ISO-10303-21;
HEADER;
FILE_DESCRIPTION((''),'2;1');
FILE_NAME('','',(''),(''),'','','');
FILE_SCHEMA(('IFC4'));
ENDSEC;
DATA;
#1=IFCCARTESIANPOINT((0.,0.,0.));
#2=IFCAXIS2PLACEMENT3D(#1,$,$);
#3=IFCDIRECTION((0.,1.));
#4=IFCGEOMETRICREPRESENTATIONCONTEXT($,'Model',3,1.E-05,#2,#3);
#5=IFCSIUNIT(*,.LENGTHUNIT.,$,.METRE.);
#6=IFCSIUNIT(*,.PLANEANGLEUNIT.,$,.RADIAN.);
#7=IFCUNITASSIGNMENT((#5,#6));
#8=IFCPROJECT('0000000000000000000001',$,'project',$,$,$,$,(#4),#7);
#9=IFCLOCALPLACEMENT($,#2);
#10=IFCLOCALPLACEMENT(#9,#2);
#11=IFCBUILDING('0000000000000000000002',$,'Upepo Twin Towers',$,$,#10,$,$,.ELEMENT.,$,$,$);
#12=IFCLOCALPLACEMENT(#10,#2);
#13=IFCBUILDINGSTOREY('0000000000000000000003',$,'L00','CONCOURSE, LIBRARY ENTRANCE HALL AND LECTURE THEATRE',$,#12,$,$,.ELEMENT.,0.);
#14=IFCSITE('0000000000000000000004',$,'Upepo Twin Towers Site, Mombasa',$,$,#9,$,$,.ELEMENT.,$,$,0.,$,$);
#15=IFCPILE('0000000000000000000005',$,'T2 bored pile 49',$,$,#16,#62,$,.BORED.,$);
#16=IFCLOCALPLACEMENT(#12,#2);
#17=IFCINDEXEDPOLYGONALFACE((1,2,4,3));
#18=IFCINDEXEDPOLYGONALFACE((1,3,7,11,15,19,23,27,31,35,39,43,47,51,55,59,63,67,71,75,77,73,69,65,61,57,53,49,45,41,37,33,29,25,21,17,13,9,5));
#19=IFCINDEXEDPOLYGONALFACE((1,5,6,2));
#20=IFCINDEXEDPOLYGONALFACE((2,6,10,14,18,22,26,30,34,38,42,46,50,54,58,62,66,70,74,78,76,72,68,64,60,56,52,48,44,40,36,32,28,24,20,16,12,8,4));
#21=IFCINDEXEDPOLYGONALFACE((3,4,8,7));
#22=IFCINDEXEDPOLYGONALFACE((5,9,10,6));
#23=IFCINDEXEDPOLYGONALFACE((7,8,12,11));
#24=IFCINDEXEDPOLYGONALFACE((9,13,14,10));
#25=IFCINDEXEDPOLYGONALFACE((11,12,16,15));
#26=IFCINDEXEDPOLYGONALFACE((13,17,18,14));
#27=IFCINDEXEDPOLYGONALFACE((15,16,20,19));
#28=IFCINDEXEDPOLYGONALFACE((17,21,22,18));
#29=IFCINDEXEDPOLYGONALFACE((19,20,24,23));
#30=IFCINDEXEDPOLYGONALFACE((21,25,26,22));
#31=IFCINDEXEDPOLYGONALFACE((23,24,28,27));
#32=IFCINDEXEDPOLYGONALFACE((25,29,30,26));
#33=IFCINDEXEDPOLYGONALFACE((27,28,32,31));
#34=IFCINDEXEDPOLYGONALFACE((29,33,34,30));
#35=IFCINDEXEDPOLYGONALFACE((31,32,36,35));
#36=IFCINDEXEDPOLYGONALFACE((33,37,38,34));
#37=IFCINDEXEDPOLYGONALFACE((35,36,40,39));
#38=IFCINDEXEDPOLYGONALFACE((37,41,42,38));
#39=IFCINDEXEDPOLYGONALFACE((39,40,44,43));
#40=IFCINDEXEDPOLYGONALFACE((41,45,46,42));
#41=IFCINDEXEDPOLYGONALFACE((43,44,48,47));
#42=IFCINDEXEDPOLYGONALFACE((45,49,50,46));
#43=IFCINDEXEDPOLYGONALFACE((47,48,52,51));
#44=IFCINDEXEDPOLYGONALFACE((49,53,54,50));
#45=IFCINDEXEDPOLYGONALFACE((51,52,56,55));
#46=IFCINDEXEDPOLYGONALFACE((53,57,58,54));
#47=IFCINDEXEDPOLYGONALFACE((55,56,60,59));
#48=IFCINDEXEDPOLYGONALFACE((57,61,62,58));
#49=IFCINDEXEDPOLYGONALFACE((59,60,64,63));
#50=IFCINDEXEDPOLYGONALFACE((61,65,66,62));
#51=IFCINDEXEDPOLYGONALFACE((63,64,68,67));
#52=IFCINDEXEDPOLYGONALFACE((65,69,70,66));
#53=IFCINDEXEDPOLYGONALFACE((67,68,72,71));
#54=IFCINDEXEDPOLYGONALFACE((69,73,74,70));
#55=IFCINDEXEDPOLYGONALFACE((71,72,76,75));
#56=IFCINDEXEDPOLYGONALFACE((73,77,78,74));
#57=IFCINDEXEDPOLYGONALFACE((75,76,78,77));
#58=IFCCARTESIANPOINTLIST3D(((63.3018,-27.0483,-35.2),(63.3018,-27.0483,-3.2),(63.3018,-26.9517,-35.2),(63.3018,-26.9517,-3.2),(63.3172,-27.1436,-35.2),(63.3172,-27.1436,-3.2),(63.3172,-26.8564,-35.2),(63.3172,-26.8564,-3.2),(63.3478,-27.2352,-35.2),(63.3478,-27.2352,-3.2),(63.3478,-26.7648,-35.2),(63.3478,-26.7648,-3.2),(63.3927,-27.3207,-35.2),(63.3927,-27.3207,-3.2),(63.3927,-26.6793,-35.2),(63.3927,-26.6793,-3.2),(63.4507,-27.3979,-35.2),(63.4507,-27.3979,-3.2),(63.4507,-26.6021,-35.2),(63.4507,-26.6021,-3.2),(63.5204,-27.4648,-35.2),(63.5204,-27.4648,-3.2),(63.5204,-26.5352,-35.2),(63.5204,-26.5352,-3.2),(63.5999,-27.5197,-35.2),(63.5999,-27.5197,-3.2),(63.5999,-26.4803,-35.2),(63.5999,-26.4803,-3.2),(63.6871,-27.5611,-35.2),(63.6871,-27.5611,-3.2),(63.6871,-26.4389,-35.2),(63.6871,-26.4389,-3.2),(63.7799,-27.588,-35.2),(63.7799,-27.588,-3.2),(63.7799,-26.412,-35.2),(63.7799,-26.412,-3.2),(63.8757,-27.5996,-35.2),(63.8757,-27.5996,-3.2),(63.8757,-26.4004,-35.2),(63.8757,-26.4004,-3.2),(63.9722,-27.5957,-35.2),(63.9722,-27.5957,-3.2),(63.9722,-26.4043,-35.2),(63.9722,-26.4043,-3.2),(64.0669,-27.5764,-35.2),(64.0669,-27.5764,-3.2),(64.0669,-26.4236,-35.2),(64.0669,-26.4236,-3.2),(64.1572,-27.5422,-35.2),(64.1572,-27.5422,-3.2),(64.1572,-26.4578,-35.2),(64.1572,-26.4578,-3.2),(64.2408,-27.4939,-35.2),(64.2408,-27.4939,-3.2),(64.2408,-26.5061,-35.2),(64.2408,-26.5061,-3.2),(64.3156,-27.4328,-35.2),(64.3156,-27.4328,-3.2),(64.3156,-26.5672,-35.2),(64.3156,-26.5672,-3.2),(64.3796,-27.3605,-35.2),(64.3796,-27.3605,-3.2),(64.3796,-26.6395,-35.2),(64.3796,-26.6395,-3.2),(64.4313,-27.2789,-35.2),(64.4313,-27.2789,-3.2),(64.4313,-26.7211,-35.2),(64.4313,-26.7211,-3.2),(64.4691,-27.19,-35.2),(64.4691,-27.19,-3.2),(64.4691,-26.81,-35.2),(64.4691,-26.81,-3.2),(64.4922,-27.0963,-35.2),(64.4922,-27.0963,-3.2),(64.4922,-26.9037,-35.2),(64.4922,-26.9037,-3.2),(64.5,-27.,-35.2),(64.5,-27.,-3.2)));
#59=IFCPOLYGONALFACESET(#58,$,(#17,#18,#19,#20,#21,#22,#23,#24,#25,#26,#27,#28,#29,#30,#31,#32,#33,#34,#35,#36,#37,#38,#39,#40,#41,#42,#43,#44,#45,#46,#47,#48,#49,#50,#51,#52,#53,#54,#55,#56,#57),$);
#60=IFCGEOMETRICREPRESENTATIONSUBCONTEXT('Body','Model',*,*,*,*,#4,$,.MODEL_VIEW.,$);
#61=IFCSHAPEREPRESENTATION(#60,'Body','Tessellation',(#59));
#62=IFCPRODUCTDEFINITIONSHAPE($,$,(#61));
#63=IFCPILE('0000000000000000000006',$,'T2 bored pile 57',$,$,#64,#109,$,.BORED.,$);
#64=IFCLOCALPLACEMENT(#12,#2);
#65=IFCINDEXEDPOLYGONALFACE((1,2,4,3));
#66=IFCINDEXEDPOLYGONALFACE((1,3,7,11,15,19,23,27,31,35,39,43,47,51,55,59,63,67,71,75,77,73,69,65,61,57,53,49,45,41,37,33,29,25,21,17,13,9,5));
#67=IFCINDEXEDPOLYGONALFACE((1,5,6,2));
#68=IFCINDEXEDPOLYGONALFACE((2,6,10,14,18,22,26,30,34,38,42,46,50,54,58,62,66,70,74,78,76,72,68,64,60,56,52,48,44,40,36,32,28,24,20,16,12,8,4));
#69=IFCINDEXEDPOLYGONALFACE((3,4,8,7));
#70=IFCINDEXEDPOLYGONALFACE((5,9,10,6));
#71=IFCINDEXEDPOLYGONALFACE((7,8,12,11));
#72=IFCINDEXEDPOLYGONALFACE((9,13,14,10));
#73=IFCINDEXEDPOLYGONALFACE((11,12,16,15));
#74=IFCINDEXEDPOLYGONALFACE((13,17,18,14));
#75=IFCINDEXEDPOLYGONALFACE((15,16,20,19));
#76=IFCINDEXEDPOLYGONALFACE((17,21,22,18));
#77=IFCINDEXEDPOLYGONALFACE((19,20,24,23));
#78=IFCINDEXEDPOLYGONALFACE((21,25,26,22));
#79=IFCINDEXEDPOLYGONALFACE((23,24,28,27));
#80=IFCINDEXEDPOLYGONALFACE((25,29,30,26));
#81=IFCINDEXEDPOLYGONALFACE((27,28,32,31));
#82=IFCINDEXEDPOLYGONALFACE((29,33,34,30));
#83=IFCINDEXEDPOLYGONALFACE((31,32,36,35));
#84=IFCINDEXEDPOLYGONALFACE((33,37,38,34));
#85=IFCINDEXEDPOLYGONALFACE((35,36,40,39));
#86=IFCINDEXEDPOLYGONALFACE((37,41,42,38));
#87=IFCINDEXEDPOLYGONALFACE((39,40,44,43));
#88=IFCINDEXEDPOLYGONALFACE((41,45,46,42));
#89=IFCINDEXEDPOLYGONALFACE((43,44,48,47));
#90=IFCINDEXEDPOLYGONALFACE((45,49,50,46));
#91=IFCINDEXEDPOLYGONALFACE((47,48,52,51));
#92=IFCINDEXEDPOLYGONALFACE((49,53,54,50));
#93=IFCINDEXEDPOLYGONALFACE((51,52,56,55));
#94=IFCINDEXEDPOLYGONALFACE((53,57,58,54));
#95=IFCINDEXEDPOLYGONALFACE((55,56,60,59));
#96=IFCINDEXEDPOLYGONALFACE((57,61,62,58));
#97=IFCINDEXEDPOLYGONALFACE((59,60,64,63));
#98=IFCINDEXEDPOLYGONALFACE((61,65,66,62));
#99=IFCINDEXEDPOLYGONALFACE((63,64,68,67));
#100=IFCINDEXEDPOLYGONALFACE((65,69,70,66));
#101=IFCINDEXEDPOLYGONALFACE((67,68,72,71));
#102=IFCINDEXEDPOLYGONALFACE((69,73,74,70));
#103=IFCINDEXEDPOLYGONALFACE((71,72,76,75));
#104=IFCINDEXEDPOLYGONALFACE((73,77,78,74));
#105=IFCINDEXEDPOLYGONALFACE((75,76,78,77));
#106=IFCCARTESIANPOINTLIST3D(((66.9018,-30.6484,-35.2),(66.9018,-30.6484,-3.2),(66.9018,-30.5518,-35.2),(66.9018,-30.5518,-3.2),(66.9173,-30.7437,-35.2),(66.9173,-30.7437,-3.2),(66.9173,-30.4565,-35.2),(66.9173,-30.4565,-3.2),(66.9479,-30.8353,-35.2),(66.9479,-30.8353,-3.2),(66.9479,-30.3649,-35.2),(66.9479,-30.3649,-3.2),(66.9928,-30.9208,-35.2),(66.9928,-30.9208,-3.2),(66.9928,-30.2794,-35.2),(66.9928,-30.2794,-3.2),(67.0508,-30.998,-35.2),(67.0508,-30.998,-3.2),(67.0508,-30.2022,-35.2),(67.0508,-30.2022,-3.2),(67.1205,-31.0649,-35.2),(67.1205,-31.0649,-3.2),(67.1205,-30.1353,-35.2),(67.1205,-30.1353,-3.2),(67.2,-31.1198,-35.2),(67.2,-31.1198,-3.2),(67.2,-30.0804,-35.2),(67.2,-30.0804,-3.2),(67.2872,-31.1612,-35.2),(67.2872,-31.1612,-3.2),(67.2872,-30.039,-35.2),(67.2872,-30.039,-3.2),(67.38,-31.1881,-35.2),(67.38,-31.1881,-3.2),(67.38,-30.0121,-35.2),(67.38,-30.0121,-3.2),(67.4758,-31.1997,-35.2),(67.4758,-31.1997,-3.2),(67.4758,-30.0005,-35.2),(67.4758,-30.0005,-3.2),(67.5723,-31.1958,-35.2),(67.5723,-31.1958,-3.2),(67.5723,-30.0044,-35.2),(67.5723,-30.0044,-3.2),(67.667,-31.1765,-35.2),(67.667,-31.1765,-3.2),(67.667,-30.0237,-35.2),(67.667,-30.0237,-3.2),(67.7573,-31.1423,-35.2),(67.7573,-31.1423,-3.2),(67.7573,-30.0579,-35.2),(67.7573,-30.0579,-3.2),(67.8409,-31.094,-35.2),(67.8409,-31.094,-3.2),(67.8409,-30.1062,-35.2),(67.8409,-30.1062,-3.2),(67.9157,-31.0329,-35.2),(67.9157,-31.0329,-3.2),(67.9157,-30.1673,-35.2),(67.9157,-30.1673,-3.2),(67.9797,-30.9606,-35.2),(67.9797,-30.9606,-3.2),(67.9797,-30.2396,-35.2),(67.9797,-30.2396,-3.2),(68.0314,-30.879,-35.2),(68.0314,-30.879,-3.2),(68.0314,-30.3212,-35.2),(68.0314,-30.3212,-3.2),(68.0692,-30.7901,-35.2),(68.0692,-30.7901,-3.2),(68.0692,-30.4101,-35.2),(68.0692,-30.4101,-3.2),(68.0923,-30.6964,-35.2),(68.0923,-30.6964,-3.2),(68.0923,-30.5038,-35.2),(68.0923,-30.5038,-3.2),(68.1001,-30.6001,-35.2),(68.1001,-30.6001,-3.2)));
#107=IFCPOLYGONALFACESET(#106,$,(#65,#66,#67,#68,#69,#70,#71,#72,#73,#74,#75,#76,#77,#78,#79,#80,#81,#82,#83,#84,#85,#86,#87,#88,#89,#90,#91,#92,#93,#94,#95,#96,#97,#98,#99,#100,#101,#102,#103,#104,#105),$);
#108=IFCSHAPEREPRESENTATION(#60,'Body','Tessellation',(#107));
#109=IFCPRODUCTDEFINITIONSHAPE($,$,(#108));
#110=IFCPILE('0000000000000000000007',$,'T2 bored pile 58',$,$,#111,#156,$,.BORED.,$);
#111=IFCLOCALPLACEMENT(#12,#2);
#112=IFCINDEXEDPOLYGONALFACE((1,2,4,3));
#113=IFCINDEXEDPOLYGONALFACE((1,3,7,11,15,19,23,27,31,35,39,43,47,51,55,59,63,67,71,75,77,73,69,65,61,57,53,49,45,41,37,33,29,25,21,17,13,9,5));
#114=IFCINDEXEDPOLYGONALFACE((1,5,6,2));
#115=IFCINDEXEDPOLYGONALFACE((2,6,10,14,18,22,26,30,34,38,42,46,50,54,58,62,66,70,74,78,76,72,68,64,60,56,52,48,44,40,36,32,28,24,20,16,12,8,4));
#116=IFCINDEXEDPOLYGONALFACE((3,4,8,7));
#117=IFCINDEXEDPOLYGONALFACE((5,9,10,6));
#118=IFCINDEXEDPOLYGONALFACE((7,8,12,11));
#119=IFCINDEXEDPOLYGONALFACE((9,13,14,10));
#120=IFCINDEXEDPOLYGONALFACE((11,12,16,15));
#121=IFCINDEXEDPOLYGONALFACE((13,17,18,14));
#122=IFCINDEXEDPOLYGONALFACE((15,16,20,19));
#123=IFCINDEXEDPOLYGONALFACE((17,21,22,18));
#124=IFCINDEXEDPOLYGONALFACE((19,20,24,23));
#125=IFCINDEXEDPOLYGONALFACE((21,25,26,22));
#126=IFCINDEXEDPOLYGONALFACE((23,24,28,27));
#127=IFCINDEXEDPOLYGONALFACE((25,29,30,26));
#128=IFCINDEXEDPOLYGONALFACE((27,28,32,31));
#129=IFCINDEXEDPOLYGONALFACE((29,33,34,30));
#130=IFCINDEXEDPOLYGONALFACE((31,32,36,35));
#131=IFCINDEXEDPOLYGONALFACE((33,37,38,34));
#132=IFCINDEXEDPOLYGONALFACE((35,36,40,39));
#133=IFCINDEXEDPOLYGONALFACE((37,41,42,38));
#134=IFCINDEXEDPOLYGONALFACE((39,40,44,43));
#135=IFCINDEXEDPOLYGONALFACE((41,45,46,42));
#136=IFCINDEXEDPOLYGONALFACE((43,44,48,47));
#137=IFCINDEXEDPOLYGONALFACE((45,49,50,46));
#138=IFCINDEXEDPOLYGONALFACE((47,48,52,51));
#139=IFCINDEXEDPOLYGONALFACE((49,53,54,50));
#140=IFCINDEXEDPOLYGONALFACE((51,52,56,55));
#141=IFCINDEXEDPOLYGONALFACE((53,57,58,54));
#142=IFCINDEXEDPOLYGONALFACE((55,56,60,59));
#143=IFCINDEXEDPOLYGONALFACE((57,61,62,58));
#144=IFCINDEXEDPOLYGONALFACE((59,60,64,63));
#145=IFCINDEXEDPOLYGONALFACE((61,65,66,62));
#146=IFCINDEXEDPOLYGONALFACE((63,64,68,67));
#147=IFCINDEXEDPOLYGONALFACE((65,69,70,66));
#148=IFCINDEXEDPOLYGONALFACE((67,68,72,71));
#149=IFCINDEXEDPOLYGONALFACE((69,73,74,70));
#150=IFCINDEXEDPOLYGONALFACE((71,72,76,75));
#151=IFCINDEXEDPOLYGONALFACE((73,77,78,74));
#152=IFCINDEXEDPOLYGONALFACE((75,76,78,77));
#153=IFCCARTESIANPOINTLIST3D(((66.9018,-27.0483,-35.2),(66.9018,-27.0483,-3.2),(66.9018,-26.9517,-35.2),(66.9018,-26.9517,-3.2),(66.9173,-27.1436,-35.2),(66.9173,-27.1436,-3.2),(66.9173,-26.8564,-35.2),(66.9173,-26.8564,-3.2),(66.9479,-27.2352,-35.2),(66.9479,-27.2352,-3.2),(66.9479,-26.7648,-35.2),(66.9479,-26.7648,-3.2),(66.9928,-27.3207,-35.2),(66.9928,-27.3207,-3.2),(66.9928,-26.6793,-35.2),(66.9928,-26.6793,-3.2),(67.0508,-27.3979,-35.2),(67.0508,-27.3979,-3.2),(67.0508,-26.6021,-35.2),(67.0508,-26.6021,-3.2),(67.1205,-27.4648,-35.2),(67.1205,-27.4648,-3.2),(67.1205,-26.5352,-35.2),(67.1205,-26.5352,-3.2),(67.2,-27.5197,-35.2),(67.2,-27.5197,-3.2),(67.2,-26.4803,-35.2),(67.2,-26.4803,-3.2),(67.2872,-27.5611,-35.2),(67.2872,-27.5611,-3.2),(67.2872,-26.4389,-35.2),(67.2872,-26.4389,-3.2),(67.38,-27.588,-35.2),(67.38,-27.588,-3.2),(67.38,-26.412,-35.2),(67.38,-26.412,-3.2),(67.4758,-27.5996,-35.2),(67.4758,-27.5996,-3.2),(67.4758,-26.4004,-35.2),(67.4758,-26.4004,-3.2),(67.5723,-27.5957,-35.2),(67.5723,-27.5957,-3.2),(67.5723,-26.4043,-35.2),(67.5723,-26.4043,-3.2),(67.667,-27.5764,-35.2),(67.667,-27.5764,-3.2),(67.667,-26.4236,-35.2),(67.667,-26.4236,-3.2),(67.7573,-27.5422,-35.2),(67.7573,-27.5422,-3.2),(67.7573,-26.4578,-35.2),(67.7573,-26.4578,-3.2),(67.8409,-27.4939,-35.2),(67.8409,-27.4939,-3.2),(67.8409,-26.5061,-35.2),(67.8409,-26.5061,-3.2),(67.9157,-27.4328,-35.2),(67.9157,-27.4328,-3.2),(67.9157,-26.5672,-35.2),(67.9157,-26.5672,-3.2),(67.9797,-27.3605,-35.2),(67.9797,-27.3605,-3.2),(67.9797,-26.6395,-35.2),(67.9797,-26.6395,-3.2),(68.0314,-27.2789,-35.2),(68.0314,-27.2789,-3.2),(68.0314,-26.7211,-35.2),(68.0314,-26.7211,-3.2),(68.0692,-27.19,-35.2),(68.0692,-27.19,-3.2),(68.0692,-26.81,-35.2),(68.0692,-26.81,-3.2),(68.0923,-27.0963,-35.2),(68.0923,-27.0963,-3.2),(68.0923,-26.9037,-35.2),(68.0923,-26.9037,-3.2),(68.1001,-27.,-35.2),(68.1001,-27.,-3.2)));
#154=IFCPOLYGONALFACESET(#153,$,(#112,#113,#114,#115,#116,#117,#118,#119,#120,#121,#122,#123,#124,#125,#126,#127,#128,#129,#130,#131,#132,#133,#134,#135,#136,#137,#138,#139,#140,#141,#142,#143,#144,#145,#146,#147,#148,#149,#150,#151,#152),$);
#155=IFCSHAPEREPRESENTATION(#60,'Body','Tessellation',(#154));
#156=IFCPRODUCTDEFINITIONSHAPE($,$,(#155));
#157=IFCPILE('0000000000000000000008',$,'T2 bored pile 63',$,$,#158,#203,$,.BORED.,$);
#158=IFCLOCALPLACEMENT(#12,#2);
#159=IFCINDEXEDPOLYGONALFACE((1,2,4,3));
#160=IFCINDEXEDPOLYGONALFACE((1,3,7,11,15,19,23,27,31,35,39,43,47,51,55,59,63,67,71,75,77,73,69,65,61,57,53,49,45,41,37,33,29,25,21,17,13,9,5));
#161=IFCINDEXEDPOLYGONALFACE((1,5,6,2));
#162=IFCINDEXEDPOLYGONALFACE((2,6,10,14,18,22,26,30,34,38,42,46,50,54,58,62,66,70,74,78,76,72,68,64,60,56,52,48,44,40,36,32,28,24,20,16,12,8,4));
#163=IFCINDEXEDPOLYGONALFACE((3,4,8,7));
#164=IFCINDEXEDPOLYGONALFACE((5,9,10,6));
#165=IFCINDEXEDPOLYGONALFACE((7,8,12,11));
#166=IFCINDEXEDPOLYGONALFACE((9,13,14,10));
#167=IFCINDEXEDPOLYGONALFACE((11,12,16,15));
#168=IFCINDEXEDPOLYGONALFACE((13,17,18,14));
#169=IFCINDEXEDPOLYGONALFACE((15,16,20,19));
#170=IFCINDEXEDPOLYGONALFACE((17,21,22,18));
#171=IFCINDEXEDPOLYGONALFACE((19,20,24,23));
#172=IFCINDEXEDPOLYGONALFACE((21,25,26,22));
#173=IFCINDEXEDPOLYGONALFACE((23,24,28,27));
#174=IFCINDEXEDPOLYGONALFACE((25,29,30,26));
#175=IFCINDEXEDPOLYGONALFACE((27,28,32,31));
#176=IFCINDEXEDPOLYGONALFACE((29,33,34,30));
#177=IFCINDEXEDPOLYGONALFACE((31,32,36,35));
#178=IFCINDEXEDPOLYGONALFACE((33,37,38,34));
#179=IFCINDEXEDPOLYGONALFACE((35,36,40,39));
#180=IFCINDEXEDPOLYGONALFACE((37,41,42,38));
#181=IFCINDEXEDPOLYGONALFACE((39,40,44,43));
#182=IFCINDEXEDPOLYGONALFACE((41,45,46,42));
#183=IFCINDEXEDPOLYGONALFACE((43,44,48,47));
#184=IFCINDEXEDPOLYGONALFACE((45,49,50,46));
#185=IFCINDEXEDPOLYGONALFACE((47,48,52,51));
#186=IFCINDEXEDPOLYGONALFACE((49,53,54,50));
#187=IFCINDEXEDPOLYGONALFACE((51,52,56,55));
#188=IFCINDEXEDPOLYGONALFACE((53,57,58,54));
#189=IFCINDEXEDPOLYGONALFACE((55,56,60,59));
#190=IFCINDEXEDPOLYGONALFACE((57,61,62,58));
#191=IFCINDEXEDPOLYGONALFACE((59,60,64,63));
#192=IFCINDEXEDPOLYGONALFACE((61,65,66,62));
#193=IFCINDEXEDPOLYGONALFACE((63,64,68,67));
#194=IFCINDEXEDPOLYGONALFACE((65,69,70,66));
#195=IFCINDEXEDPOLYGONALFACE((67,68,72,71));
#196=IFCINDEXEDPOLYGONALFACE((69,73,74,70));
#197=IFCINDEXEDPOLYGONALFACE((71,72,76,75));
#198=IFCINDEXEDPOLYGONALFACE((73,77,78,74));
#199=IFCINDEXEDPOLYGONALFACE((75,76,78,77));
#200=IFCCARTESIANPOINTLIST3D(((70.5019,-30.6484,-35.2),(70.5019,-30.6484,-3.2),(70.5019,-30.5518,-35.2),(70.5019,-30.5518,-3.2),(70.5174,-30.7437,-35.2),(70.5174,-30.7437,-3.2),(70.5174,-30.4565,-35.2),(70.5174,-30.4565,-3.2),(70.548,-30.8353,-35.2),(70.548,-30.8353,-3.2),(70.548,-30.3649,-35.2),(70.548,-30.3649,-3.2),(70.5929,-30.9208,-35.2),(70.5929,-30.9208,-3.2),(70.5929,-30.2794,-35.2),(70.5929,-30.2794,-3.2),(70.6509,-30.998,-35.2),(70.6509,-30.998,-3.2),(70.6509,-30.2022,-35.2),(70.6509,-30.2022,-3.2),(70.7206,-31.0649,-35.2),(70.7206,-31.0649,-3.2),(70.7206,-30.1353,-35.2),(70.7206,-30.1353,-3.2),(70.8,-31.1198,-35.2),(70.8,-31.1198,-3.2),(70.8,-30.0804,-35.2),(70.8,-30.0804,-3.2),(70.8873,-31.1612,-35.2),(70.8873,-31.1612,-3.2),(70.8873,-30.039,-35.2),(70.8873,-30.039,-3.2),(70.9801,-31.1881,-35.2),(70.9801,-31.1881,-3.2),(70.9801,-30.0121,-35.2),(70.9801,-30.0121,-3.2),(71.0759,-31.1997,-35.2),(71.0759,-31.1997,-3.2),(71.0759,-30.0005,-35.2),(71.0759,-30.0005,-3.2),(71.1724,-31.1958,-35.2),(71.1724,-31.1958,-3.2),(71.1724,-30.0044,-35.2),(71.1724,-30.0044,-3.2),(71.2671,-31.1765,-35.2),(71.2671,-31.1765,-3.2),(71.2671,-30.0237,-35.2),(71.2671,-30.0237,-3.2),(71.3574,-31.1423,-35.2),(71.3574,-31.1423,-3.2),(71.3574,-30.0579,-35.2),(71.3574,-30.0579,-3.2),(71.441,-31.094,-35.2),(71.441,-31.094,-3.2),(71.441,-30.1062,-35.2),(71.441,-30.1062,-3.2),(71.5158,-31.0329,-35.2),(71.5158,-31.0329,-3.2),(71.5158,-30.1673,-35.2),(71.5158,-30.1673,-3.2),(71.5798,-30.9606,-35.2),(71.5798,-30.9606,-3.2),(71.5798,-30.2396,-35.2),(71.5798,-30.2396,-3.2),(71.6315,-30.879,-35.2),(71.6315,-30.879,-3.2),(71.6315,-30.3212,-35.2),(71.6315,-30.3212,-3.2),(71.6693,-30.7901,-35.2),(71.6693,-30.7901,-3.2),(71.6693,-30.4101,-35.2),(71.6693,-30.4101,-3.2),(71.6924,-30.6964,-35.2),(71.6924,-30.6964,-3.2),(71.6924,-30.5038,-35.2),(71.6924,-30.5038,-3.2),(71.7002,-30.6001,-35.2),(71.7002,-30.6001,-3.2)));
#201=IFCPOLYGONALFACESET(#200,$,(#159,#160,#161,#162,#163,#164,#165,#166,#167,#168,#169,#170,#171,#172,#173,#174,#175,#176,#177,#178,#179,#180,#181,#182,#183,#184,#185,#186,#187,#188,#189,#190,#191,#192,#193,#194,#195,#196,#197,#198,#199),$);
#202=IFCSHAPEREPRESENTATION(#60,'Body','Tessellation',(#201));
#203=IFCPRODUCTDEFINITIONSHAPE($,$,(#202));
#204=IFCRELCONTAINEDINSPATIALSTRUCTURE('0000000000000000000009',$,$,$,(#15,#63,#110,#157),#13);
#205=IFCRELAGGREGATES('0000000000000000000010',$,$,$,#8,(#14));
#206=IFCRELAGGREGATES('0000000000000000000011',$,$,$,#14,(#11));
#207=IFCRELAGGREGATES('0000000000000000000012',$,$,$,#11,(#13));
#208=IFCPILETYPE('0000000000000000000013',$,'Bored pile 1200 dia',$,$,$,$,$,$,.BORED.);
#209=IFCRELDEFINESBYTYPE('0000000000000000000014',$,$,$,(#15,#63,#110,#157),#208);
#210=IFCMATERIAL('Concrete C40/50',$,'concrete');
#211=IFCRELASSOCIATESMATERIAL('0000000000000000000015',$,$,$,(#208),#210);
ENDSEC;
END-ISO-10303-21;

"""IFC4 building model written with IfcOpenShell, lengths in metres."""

from ifc_helpers import new_model, si_unit, direction, frame, origin, origin_2d, place, context, subcontext, project, spatial, circle, extrude, material, type_object, element, save


model = new_model("IFC4")

# Units and contexts
model_context = context("Model", 3, precision=1e-05, world=origin(), true_north=direction((0.0, 1.0)))
body_context = subcontext(model_context, "Body", "Model", "MODEL_VIEW")
ifc_project = project(units=[si_unit("LENGTHUNIT", "METRE"), si_unit("PLANEANGLEUNIT", "RADIAN")], contexts=[model_context])

# Site, building, storey
site_placement = place(None, origin())
site = spatial("IfcSite", under=ifc_project, at=site_placement, Name="Upepo Twin Towers Site, Mombasa", CompositionType="ELEMENT", RefElevation=0.0)
building_placement = place(site_placement, origin())
building = spatial("IfcBuilding", under=site, at=building_placement, Name="Upepo Twin Towers", CompositionType="ELEMENT")
storey_placement = place(building_placement, origin())
storey = spatial("IfcBuildingStorey", under=building, at=storey_placement, Name="L00", Description="CONCOURSE, LIBRARY ENTRANCE HALL AND LECTURE THEATRE", CompositionType="ELEMENT", Elevation=0.0)

# Piles
ifc_material_1 = material(Name="Concrete C40/50", Category="concrete")
pile_type = type_object("IfcPileType", Name="Bored pile 1200 dia", PredefinedType="BORED", material=ifc_material_1)
for number, where, z_axis, x_axis, name in (
    (1, (63.8999, -27.0, -3.2), (0.0, 0.0, -1.0), (1.0, 0.0, 0.0), "T2 bored pile 49"),
    (2, (67.5, -30.6001, -3.2), (0.0, 0.0, -1.0), (1.0, 0.0, 0.0), "T2 bored pile 57"),
    (3, (67.5, -27.0, -3.2), (0.0, 0.0, -1.0), (1.0, 0.0, 0.0), "T2 bored pile 58"),
    (4, (71.1001, -30.6001, -3.2), (0.0, 0.0, -1.0), (1.0, 0.0, 0.0), "T2 bored pile 63"),
):
    element("IfcPile", number, at=place(storey_placement, frame(where, z_axis=z_axis, x_axis=x_axis)), inside=storey, type_object=pile_type, Name=name, PredefinedType="BORED", context=body_context, shape_type="SweptSolid", body=[
        extrude(circle(Radius=0.6001, at=origin_2d()), origin(), (0.0, 0.0, 1.0), 32.0),
    ])

save(model, "model.ifc")
